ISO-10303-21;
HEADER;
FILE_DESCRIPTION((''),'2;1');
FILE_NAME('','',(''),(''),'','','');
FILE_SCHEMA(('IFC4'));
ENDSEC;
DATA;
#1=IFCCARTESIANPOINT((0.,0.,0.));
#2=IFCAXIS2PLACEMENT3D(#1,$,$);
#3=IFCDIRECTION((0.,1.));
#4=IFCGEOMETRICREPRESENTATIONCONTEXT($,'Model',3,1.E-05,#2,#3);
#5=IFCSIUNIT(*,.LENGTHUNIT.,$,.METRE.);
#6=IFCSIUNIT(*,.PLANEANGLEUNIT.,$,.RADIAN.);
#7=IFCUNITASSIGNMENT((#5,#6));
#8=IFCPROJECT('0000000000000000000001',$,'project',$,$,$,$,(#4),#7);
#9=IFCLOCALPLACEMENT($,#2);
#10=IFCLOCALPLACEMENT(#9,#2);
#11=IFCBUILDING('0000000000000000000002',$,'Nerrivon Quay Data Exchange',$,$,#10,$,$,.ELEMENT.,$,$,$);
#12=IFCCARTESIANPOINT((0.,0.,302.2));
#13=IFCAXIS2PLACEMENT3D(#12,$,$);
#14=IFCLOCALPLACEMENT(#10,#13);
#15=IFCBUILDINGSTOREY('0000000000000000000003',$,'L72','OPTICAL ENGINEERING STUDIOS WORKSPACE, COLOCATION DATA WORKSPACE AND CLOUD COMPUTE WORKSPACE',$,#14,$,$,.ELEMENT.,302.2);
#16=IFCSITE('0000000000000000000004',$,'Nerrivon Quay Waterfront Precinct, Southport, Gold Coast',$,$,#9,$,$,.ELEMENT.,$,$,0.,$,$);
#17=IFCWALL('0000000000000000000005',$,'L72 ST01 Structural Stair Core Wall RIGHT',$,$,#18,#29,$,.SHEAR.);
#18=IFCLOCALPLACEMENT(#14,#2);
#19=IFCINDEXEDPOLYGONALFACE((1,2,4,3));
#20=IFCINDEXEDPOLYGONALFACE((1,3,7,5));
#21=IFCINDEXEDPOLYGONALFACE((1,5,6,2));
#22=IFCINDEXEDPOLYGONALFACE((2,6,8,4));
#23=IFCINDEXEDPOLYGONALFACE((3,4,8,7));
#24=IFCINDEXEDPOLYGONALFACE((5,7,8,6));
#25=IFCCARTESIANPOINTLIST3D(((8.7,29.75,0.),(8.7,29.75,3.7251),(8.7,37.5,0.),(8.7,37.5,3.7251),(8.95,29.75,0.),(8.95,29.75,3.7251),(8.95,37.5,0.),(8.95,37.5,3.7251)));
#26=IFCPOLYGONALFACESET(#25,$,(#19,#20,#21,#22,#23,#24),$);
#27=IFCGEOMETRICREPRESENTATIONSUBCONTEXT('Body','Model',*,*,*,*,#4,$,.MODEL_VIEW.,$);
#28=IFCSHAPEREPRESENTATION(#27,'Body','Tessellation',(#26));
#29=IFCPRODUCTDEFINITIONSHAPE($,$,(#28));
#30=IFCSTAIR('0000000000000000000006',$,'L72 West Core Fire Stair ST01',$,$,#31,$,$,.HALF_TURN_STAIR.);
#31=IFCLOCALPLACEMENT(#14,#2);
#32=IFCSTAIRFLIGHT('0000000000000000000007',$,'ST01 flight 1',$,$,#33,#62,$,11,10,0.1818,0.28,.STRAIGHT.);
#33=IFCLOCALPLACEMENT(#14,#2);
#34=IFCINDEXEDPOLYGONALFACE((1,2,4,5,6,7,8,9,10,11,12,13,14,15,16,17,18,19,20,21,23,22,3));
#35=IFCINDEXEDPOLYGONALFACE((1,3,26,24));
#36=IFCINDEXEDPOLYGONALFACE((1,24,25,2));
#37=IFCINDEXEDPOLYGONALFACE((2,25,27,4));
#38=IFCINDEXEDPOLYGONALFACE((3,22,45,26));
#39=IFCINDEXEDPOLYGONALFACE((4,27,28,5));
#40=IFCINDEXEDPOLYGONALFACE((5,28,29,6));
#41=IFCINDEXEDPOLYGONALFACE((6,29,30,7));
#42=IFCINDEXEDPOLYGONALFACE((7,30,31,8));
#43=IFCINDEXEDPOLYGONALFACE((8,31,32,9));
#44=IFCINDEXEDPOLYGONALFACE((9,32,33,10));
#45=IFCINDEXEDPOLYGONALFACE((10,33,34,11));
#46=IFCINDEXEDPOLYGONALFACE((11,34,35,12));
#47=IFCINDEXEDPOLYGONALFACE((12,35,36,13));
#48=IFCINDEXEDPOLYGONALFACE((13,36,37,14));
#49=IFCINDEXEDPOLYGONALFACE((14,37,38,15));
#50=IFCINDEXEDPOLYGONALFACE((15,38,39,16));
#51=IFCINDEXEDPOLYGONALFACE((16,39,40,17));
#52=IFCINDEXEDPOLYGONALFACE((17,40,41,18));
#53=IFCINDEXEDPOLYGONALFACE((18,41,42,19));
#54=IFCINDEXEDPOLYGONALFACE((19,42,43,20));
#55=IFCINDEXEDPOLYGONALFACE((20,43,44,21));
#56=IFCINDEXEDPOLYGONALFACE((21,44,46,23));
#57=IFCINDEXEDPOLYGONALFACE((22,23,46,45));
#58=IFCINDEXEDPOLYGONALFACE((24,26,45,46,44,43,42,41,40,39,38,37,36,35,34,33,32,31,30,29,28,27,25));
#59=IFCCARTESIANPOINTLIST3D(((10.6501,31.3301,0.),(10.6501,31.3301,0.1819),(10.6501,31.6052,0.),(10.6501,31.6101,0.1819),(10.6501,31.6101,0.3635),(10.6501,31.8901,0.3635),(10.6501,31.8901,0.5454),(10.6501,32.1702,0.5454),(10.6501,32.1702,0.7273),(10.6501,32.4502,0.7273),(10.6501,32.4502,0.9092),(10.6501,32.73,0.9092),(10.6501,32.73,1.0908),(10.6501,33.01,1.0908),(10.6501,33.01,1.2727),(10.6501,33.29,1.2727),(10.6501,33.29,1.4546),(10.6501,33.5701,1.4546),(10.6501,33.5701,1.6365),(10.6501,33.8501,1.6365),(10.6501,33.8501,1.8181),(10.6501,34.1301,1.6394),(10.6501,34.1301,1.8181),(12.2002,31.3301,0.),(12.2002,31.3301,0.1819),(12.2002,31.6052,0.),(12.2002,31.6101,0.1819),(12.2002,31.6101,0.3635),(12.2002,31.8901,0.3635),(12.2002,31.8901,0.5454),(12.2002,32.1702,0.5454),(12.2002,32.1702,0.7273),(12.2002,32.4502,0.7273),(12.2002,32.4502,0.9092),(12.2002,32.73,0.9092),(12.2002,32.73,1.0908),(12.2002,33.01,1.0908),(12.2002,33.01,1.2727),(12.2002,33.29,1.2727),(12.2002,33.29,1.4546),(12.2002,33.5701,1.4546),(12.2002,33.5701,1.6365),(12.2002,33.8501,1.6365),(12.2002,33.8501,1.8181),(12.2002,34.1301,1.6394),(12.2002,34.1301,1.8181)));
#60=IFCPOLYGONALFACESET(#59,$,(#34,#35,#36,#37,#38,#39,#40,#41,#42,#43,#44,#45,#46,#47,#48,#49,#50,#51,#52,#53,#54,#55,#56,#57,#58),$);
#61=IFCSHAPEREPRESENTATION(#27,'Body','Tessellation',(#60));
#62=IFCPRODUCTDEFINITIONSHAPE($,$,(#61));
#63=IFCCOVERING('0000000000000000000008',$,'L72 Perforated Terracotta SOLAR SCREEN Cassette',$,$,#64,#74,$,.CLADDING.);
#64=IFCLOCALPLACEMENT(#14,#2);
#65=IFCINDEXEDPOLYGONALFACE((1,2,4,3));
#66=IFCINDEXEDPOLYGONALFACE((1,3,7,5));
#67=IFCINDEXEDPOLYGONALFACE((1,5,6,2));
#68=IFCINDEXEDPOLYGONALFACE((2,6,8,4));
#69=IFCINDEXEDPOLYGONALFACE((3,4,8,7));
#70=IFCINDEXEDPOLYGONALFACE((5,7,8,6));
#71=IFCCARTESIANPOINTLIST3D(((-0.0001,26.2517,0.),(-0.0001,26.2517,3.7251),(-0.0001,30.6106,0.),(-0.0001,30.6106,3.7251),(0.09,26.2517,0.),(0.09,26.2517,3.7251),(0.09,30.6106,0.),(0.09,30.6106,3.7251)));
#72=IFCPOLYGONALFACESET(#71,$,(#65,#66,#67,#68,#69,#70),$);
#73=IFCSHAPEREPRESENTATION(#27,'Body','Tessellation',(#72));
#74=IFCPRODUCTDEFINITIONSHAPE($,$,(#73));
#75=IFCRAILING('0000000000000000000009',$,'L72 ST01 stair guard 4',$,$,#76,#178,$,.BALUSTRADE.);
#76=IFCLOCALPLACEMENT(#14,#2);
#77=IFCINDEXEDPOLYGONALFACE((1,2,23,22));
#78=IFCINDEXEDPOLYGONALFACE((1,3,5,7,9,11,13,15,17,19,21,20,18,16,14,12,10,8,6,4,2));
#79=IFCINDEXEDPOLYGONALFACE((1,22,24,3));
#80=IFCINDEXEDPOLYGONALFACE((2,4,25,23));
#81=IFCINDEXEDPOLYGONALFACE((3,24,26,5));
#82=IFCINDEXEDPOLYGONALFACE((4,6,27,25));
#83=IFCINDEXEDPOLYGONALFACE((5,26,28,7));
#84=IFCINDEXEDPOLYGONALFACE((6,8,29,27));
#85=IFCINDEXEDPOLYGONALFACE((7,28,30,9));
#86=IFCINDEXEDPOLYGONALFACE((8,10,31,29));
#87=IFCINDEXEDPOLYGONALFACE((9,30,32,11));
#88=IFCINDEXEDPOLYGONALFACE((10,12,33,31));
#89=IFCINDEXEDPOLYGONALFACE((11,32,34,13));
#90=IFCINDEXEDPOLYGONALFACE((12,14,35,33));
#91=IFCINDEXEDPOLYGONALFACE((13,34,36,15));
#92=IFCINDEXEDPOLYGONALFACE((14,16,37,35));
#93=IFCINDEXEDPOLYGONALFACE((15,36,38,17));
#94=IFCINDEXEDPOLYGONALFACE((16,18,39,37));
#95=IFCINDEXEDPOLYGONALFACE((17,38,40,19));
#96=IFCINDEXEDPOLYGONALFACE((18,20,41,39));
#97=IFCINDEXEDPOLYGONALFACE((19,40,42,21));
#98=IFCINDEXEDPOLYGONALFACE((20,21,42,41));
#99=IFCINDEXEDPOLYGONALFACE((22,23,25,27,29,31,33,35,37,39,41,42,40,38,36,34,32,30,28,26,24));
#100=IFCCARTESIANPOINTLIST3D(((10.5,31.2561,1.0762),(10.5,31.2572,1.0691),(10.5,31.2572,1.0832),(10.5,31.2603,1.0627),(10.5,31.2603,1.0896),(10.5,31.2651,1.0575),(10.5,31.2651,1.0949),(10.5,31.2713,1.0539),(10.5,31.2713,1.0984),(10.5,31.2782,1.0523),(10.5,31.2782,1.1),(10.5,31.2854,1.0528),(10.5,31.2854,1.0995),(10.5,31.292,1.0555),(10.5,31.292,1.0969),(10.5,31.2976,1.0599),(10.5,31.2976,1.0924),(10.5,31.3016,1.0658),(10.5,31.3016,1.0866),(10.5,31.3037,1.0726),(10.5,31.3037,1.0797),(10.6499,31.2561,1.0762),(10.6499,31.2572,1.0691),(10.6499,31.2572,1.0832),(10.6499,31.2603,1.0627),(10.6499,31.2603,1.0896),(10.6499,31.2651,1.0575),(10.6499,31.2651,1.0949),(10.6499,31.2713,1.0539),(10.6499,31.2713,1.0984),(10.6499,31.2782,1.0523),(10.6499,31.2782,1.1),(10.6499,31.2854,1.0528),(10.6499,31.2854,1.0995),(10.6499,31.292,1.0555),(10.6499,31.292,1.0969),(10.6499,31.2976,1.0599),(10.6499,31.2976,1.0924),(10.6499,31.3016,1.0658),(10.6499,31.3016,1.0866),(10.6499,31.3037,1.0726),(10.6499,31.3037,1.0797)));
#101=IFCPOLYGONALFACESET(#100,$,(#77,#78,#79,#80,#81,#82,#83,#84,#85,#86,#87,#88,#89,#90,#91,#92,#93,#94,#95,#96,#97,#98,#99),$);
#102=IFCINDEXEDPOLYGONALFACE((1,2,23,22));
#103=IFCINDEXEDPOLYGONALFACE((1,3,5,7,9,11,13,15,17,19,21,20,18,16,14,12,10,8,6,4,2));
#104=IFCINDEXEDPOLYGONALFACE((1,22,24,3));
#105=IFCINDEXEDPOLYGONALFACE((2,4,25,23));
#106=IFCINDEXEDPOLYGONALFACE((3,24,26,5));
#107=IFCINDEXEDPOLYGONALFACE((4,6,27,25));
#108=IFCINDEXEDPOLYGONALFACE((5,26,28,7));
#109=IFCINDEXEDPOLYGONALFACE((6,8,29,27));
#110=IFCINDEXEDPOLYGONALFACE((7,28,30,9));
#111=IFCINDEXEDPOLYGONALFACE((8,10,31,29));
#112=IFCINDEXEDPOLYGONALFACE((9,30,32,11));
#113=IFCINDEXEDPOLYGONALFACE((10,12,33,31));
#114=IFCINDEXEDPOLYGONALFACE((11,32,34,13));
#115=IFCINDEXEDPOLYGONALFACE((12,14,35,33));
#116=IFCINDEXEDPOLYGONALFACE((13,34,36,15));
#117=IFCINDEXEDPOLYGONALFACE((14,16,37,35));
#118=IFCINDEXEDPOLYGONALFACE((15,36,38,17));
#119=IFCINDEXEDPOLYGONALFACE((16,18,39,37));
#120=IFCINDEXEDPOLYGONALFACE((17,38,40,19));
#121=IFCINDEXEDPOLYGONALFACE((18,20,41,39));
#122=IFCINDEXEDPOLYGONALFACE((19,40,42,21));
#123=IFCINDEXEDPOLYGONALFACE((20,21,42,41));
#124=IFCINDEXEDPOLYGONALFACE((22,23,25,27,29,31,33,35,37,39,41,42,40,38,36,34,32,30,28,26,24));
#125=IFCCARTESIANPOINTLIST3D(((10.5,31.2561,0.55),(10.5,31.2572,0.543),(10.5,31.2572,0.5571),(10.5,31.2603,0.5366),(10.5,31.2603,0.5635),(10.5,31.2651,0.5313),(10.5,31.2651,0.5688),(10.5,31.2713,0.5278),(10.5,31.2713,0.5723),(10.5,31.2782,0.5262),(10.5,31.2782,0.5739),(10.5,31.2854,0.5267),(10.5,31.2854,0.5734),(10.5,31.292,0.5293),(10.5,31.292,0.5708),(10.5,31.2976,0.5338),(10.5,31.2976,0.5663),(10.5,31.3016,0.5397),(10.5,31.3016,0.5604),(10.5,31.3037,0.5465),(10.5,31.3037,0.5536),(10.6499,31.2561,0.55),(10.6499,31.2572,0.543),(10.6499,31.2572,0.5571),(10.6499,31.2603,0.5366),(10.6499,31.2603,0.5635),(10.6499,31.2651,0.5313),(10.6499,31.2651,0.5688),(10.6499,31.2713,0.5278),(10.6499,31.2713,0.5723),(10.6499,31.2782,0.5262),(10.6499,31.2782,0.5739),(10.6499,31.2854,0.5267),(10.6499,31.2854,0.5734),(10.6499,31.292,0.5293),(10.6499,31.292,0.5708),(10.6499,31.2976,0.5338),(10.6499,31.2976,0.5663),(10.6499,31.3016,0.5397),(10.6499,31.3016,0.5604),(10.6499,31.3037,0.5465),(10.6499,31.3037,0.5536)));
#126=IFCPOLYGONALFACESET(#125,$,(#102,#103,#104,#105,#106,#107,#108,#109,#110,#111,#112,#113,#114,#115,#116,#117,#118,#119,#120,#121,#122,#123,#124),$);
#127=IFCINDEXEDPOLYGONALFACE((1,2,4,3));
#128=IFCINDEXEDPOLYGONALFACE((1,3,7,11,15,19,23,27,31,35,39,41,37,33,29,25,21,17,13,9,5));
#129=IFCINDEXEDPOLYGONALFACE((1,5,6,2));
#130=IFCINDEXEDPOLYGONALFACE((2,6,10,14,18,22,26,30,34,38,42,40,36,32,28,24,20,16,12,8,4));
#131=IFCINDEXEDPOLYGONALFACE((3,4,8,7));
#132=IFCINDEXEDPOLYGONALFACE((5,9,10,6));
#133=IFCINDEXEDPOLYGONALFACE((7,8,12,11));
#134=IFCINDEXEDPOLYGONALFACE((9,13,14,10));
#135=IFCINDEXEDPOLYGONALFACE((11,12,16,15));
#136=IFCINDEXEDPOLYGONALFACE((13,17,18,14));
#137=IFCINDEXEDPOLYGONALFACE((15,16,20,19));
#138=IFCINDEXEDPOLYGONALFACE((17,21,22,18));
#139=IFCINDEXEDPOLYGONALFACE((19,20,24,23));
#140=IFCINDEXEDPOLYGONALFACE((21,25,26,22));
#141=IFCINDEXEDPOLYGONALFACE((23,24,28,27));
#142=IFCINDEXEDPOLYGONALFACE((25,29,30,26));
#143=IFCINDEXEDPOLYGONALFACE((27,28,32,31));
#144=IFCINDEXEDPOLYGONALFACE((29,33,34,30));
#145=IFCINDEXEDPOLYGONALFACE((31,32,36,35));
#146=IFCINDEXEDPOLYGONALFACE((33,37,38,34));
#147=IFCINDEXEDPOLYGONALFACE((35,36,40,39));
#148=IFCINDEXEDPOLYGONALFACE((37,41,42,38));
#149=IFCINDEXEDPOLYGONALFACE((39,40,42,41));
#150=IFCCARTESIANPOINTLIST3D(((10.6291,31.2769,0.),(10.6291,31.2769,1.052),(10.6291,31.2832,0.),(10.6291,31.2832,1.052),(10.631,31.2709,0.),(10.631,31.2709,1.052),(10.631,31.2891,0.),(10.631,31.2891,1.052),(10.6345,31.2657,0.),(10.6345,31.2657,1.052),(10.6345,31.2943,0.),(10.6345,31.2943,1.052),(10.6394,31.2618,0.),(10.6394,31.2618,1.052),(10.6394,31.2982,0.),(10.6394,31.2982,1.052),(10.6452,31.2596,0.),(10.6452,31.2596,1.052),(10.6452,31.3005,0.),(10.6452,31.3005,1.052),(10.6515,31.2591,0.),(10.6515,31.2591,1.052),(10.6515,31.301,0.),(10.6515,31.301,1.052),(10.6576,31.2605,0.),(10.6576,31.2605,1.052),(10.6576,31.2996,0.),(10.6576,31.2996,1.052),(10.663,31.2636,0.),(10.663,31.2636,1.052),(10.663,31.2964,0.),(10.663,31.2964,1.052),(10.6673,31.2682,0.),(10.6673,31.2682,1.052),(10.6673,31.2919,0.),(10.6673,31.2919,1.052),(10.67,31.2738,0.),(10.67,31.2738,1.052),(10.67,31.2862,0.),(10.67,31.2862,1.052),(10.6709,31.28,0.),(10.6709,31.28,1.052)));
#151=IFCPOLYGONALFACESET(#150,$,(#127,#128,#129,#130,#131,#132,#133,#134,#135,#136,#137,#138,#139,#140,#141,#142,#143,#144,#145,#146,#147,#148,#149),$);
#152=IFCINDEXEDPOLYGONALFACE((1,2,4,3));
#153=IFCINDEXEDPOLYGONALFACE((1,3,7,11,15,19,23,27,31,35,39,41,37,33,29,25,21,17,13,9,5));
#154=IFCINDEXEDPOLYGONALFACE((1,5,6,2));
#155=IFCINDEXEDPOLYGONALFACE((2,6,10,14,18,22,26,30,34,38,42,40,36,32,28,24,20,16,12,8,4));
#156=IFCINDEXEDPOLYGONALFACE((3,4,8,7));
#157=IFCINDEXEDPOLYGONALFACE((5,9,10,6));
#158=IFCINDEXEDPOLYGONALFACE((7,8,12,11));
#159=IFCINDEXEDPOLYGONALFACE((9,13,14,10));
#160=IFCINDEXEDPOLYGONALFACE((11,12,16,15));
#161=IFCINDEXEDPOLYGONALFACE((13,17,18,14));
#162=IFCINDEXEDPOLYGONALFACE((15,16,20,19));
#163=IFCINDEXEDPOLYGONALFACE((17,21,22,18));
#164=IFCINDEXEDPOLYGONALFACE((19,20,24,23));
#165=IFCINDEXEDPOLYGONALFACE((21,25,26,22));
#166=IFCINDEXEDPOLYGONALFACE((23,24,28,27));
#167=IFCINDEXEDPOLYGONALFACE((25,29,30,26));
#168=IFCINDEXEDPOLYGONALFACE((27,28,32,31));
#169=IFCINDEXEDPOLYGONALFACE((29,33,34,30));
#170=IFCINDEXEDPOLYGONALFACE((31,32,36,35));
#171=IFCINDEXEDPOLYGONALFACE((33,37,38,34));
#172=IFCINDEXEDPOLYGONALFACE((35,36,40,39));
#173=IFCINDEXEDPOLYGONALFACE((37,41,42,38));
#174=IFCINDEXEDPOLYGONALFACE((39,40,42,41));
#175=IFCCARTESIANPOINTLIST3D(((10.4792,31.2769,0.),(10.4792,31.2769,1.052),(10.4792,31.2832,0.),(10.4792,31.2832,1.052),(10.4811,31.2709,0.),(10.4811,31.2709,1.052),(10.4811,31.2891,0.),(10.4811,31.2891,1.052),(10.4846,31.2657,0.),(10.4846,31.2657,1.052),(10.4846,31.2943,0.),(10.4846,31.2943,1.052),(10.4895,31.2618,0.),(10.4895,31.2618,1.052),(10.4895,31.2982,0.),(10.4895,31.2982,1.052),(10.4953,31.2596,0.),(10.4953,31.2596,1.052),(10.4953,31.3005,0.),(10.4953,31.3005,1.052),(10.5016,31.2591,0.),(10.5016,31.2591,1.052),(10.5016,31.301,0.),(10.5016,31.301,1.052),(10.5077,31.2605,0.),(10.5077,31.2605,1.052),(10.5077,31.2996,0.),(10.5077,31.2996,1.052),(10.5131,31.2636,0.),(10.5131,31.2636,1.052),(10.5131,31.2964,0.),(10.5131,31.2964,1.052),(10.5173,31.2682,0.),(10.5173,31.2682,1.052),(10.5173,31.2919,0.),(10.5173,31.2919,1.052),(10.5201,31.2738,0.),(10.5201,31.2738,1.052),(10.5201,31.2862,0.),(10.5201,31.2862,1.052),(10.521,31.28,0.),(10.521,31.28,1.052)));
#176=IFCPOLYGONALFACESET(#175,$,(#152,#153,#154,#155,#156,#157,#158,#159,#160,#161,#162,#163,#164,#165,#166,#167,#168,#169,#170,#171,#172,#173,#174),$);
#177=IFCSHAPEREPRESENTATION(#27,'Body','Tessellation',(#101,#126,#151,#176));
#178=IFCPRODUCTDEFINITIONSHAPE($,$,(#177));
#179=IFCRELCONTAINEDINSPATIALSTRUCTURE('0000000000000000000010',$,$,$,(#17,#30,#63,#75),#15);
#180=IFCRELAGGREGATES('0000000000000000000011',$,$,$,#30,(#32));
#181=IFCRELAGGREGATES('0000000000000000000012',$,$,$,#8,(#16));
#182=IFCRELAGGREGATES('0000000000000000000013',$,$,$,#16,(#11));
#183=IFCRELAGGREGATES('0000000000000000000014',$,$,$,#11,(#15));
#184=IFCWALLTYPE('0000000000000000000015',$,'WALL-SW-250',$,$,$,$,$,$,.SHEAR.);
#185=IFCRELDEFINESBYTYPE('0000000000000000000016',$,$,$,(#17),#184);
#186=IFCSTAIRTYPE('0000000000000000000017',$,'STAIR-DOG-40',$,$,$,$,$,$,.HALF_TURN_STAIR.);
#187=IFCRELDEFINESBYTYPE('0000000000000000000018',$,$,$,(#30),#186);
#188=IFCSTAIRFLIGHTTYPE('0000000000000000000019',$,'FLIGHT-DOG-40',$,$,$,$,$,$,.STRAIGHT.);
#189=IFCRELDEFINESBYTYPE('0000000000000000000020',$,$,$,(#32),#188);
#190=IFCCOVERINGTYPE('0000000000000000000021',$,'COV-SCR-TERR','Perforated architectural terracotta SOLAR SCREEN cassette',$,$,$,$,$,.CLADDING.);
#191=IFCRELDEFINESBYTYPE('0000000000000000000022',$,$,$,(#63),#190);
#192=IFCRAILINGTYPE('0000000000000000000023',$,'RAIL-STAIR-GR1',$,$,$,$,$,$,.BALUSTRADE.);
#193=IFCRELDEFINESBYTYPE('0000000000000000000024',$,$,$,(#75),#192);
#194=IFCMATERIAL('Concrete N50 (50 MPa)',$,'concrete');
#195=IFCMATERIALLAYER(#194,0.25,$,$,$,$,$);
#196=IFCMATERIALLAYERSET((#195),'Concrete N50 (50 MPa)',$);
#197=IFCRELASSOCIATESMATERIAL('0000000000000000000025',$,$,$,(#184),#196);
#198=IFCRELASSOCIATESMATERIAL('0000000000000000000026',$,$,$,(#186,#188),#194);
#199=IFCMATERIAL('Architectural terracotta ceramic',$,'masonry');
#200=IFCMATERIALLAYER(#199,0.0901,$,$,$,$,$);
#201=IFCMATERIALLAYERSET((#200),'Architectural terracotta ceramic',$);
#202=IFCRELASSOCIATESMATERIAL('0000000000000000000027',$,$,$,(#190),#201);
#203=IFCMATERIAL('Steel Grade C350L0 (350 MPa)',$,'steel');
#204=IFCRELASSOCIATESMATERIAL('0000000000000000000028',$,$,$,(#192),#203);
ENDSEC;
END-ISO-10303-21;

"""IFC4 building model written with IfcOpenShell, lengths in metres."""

from ifc_helpers import new_model, si_unit, direction, frame, frame_2d, origin, origin_2d, place, context, subcontext, project, spatial, polyline, rectangle, circle, outline, extrude, material, layer, layer_set, type_object, element, aggregate, save


model = new_model("IFC4")

# Units and contexts
model_context = context("Model", 3, precision=1e-05, world=origin(), true_north=direction((0.0, 1.0)))
body_context = subcontext(model_context, "Body", "Model", "MODEL_VIEW")
ifc_project = project(units=[si_unit("LENGTHUNIT", "METRE"), si_unit("PLANEANGLEUNIT", "RADIAN")], contexts=[model_context])

# Site, building, storey
site_placement = place(None, origin())
site = spatial("IfcSite", under=ifc_project, at=site_placement, Name="Nerrivon Quay Waterfront Precinct, Southport, Gold Coast", CompositionType="ELEMENT", RefElevation=0.0)
building_placement = place(site_placement, origin())
building = spatial("IfcBuilding", under=site, at=building_placement, Name="Nerrivon Quay Data Exchange", CompositionType="ELEMENT")
storey_placement = place(building_placement, frame((0.0, 0.0, 302.2)))
storey = spatial("IfcBuildingStorey", under=building, at=storey_placement, Name="L72", Description="OPTICAL ENGINEERING STUDIOS WORKSPACE, COLOCATION DATA WORKSPACE AND CLOUD COMPUTE WORKSPACE", CompositionType="ELEMENT", Elevation=302.2)

# Shared definitions
ifc_material_1 = material(Name="Steel Grade C350L0 (350 MPa)", Category="steel")

# Shared definitions
ifc_material_2 = material(Name="Concrete N50 (50 MPa)", Category="concrete")

# Shared definitions
ifc_layer_1 = layer(ifc_material_2, 0.25)
ifc_layer_set_1 = layer_set([ifc_layer_1], Name="Concrete N50 (50 MPa)")
wall_type_1 = type_object("IfcWallType", Name="WALL-SW-250", PredefinedType="SHEAR", material=ifc_layer_set_1)

# Wall
wall_1_placement = place(storey_placement, frame((8.825, 29.75, 0.0), z_axis=(0.0, 0.0, 1.0), x_axis=(0.0, 1.0, 0.0)))
element("IfcWall", 1, at=wall_1_placement, inside=storey, type_object=wall_type_1, Name="L72 ST01 Structural Stair Core Wall RIGHT", PredefinedType="SHEAR", context=body_context, shape_type="SweptSolid", body=[
    extrude(rectangle(XDim=7.75, YDim=0.25, at=frame_2d((3.875, 0.0))), origin(), (0.0, 0.0, 1.0), 3.7251),
])

# Stair, stair flight
stair_type = type_object("IfcStairType", Name="STAIR-DOG-40", PredefinedType="HALF_TURN_STAIR", material=ifc_material_2)
stair_placement = place(storey_placement, origin())
stair = element("IfcStair", 2, at=stair_placement, inside=storey, type_object=stair_type, Name="L72 West Core Fire Stair ST01", PredefinedType="HALF_TURN_STAIR")
stair_flight_type = type_object("IfcStairFlightType", Name="FLIGHT-DOG-40", PredefinedType="STRAIGHT", material=ifc_material_2)
stair_flight_placement = place(storey_placement, frame((11.425, 31.3301, 0.0), z_axis=(0.0, 0.0, 1.0), x_axis=(0.0, 1.0, 0.0)))
stair_flight = element("IfcStairFlight", 3, at=stair_flight_placement, type_object=stair_flight_type, Name="ST01 flight 1", NumberOfRisers=11, NumberOfTreads=10, PredefinedType="STRAIGHT", RiserHeight=0.1818, TreadLength=0.28, context=body_context, shape_type="SweptSolid", body=[
    extrude(outline(polyline([(0.0, 0.0), (0.0, 0.1819), (0.28, 0.1819), (0.28, 0.3635), (0.5601, 0.3635), (0.5601, 0.5454), (0.8401, 0.5454), (0.8401, 0.7273), (1.1201, 0.7273), (1.1201, 0.9092), (1.3999, 0.9092), (1.3999, 1.0908), (1.6799, 1.0908), (1.6799, 1.2727), (1.96, 1.2727), (1.96, 1.4546), (2.24, 1.4546), (2.24, 1.6365), (2.52, 1.6365), (2.52, 1.8181), (2.8, 1.8181), (2.8, 2.0), (2.8, 1.6394), (0.2751, 0.0), (0.0, 0.0)])), frame((0.0, 0.7749, 0.0), z_axis=(0.0, -1.0, 0.0), x_axis=(1.0, 0.0, 0.0)), (0.0, 0.0, 1.0), 1.55),
])
aggregate(stair, [stair_flight])

# Covering
ifc_material_3 = material(Name="Architectural terracotta ceramic", Category="masonry")
ifc_layer_2 = layer(ifc_material_3, 0.0901)
ifc_layer_set_2 = layer_set([ifc_layer_2], Name="Architectural terracotta ceramic")
covering_type = type_object("IfcCoveringType", Name="COV-SCR-TERR", Description="Perforated architectural terracotta SOLAR SCREEN cassette", PredefinedType="CLADDING", material=ifc_layer_set_2)
covering_placement = place(storey_placement, frame((0.0449, 28.4312, 0.0), z_axis=(0.0, 0.0, 1.0), x_axis=(0.0, 1.0, 0.0)))
element("IfcCovering", 4, at=covering_placement, inside=storey, type_object=covering_type, Name="L72 Perforated Terracotta SOLAR SCREEN Cassette", PredefinedType="CLADDING", context=body_context, shape_type="SweptSolid", body=[
    extrude(rectangle(XDim=4.3589, YDim=0.0901, at=origin_2d()), origin(), (0.0, 0.0, 1.0), 3.7251),
])

# Railing
railing_type = type_object("IfcRailingType", Name="RAIL-STAIR-GR1", PredefinedType="BALUSTRADE", material=ifc_material_1)
railing_1_placement = place(storey_placement, frame((10.6499, 31.28, 0.0)))
element("IfcRailing", 5, at=railing_1_placement, inside=storey, type_object=railing_type, Name="L72 ST01 stair guard 4", PredefinedType="BALUSTRADE", context=body_context, shape_type="SweptSolid", body=[
    extrude(circle(Radius=0.0239, at=origin_2d()), frame((0.0, 0.0, 1.0762), z_axis=(-1.0, 0.0, 0.0), x_axis=(0.0, -1.0, 0.0)), (0.0, 0.0, 1.0), 0.1499),
    extrude(circle(Radius=0.0239, at=origin_2d()), frame((0.0, 0.0, 0.55), z_axis=(-1.0, 0.0, 0.0), x_axis=(0.0, -1.0, 0.0)), (0.0, 0.0, 1.0), 0.1499),
    extrude(circle(Radius=0.021, at=origin_2d()), origin(), (0.0, 0.0, 1.0), 1.052),
    extrude(circle(Radius=0.021, at=origin_2d()), frame((-0.1499, 0.0, 0.0)), (0.0, 0.0, 1.0), 1.052),
])

save(model, "model.ifc")
